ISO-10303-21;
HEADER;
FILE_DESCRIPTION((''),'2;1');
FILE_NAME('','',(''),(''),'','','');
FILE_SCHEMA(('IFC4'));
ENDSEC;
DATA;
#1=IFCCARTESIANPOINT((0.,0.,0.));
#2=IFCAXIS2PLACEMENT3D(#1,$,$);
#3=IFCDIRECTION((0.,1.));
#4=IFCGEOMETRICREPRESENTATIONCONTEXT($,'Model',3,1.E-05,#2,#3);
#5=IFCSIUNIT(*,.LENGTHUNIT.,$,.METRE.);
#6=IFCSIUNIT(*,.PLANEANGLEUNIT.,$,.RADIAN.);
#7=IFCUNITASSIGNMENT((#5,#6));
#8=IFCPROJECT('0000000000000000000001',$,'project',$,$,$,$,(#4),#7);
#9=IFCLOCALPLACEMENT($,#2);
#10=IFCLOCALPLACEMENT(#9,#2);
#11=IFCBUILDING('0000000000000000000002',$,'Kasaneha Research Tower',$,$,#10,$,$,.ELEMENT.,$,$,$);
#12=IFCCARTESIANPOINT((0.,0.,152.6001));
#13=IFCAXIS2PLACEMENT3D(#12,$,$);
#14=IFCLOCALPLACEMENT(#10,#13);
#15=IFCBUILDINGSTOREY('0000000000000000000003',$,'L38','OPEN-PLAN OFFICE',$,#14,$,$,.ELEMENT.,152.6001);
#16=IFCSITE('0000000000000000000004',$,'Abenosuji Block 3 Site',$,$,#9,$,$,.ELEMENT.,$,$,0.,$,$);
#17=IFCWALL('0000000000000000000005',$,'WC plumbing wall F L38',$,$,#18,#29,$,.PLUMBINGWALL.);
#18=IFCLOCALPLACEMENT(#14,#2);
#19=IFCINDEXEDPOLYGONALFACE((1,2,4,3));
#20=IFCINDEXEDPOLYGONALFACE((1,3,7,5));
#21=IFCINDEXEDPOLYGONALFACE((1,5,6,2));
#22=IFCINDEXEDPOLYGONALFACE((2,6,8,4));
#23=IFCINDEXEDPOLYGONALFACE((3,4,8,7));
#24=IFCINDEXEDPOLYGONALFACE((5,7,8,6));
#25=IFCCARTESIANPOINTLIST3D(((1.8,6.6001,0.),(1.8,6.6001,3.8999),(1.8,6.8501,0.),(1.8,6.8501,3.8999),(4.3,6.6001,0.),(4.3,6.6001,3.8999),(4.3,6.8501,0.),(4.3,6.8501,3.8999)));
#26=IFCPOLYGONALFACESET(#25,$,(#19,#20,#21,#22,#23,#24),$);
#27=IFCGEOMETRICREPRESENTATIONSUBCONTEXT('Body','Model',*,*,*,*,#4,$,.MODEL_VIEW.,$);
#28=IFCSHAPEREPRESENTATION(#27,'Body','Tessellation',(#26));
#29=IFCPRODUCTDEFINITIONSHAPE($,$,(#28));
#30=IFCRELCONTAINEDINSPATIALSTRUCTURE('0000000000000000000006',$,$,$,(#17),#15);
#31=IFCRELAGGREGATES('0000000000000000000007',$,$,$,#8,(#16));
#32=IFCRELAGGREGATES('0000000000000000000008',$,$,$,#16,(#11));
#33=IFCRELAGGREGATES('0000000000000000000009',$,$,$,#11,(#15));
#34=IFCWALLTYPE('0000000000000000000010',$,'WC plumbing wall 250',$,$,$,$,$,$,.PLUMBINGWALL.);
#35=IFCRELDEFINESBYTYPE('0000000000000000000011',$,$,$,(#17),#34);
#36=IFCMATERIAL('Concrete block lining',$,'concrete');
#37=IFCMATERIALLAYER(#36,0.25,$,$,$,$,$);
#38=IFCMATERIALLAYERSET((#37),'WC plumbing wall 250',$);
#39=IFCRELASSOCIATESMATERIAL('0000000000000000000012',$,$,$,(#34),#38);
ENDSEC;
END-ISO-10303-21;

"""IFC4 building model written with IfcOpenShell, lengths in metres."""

from ifc_helpers import new_model, si_unit, direction, frame, frame_2d, origin, place, context, subcontext, project, spatial, rectangle, extrude, material, layer, layer_set, type_object, element, save


model = new_model("IFC4")

# Units and contexts
model_context = context("Model", 3, precision=1e-05, world=origin(), true_north=direction((0.0, 1.0)))
body_context = subcontext(model_context, "Body", "Model", "MODEL_VIEW")
ifc_project = project(units=[si_unit("LENGTHUNIT", "METRE"), si_unit("PLANEANGLEUNIT", "RADIAN")], contexts=[model_context])

# Site, building, storey
site_placement = place(None, origin())
site = spatial("IfcSite", under=ifc_project, at=site_placement, Name="Abenosuji Block 3 Site", CompositionType="ELEMENT", RefElevation=0.0)
building_placement = place(site_placement, origin())
building = spatial("IfcBuilding", under=site, at=building_placement, Name="Kasaneha Research Tower", CompositionType="ELEMENT")
storey_placement = place(building_placement, frame((0.0, 0.0, 152.6001)))
storey = spatial("IfcBuildingStorey", under=building, at=storey_placement, Name="L38", Description="OPEN-PLAN OFFICE", CompositionType="ELEMENT", Elevation=152.6001)

# Wall
ifc_material_1 = material(Name="Concrete block lining", Category="concrete")
ifc_layer_1 = layer(ifc_material_1, 0.25)
ifc_layer_set_1 = layer_set([ifc_layer_1], Name="WC plumbing wall 250")
wall_type_1 = type_object("IfcWallType", Name="WC plumbing wall 250", PredefinedType="PLUMBINGWALL", material=ifc_layer_set_1)
wall_1_placement = place(storey_placement, frame((1.8, 6.7251, 0.0), z_axis=(0.0, 0.0, 1.0), x_axis=(1.0, 0.0, 0.0)))
element("IfcWall", 1, at=wall_1_placement, inside=storey, type_object=wall_type_1, Name="WC plumbing wall F L38", PredefinedType="PLUMBINGWALL", context=body_context, shape_type="SweptSolid", body=[
    extrude(rectangle(XDim=2.5, YDim=0.25, at=frame_2d((1.25, 0.0))), origin(), (0.0, 0.0, 1.0), 3.8999),
])

save(model, "model.ifc")
